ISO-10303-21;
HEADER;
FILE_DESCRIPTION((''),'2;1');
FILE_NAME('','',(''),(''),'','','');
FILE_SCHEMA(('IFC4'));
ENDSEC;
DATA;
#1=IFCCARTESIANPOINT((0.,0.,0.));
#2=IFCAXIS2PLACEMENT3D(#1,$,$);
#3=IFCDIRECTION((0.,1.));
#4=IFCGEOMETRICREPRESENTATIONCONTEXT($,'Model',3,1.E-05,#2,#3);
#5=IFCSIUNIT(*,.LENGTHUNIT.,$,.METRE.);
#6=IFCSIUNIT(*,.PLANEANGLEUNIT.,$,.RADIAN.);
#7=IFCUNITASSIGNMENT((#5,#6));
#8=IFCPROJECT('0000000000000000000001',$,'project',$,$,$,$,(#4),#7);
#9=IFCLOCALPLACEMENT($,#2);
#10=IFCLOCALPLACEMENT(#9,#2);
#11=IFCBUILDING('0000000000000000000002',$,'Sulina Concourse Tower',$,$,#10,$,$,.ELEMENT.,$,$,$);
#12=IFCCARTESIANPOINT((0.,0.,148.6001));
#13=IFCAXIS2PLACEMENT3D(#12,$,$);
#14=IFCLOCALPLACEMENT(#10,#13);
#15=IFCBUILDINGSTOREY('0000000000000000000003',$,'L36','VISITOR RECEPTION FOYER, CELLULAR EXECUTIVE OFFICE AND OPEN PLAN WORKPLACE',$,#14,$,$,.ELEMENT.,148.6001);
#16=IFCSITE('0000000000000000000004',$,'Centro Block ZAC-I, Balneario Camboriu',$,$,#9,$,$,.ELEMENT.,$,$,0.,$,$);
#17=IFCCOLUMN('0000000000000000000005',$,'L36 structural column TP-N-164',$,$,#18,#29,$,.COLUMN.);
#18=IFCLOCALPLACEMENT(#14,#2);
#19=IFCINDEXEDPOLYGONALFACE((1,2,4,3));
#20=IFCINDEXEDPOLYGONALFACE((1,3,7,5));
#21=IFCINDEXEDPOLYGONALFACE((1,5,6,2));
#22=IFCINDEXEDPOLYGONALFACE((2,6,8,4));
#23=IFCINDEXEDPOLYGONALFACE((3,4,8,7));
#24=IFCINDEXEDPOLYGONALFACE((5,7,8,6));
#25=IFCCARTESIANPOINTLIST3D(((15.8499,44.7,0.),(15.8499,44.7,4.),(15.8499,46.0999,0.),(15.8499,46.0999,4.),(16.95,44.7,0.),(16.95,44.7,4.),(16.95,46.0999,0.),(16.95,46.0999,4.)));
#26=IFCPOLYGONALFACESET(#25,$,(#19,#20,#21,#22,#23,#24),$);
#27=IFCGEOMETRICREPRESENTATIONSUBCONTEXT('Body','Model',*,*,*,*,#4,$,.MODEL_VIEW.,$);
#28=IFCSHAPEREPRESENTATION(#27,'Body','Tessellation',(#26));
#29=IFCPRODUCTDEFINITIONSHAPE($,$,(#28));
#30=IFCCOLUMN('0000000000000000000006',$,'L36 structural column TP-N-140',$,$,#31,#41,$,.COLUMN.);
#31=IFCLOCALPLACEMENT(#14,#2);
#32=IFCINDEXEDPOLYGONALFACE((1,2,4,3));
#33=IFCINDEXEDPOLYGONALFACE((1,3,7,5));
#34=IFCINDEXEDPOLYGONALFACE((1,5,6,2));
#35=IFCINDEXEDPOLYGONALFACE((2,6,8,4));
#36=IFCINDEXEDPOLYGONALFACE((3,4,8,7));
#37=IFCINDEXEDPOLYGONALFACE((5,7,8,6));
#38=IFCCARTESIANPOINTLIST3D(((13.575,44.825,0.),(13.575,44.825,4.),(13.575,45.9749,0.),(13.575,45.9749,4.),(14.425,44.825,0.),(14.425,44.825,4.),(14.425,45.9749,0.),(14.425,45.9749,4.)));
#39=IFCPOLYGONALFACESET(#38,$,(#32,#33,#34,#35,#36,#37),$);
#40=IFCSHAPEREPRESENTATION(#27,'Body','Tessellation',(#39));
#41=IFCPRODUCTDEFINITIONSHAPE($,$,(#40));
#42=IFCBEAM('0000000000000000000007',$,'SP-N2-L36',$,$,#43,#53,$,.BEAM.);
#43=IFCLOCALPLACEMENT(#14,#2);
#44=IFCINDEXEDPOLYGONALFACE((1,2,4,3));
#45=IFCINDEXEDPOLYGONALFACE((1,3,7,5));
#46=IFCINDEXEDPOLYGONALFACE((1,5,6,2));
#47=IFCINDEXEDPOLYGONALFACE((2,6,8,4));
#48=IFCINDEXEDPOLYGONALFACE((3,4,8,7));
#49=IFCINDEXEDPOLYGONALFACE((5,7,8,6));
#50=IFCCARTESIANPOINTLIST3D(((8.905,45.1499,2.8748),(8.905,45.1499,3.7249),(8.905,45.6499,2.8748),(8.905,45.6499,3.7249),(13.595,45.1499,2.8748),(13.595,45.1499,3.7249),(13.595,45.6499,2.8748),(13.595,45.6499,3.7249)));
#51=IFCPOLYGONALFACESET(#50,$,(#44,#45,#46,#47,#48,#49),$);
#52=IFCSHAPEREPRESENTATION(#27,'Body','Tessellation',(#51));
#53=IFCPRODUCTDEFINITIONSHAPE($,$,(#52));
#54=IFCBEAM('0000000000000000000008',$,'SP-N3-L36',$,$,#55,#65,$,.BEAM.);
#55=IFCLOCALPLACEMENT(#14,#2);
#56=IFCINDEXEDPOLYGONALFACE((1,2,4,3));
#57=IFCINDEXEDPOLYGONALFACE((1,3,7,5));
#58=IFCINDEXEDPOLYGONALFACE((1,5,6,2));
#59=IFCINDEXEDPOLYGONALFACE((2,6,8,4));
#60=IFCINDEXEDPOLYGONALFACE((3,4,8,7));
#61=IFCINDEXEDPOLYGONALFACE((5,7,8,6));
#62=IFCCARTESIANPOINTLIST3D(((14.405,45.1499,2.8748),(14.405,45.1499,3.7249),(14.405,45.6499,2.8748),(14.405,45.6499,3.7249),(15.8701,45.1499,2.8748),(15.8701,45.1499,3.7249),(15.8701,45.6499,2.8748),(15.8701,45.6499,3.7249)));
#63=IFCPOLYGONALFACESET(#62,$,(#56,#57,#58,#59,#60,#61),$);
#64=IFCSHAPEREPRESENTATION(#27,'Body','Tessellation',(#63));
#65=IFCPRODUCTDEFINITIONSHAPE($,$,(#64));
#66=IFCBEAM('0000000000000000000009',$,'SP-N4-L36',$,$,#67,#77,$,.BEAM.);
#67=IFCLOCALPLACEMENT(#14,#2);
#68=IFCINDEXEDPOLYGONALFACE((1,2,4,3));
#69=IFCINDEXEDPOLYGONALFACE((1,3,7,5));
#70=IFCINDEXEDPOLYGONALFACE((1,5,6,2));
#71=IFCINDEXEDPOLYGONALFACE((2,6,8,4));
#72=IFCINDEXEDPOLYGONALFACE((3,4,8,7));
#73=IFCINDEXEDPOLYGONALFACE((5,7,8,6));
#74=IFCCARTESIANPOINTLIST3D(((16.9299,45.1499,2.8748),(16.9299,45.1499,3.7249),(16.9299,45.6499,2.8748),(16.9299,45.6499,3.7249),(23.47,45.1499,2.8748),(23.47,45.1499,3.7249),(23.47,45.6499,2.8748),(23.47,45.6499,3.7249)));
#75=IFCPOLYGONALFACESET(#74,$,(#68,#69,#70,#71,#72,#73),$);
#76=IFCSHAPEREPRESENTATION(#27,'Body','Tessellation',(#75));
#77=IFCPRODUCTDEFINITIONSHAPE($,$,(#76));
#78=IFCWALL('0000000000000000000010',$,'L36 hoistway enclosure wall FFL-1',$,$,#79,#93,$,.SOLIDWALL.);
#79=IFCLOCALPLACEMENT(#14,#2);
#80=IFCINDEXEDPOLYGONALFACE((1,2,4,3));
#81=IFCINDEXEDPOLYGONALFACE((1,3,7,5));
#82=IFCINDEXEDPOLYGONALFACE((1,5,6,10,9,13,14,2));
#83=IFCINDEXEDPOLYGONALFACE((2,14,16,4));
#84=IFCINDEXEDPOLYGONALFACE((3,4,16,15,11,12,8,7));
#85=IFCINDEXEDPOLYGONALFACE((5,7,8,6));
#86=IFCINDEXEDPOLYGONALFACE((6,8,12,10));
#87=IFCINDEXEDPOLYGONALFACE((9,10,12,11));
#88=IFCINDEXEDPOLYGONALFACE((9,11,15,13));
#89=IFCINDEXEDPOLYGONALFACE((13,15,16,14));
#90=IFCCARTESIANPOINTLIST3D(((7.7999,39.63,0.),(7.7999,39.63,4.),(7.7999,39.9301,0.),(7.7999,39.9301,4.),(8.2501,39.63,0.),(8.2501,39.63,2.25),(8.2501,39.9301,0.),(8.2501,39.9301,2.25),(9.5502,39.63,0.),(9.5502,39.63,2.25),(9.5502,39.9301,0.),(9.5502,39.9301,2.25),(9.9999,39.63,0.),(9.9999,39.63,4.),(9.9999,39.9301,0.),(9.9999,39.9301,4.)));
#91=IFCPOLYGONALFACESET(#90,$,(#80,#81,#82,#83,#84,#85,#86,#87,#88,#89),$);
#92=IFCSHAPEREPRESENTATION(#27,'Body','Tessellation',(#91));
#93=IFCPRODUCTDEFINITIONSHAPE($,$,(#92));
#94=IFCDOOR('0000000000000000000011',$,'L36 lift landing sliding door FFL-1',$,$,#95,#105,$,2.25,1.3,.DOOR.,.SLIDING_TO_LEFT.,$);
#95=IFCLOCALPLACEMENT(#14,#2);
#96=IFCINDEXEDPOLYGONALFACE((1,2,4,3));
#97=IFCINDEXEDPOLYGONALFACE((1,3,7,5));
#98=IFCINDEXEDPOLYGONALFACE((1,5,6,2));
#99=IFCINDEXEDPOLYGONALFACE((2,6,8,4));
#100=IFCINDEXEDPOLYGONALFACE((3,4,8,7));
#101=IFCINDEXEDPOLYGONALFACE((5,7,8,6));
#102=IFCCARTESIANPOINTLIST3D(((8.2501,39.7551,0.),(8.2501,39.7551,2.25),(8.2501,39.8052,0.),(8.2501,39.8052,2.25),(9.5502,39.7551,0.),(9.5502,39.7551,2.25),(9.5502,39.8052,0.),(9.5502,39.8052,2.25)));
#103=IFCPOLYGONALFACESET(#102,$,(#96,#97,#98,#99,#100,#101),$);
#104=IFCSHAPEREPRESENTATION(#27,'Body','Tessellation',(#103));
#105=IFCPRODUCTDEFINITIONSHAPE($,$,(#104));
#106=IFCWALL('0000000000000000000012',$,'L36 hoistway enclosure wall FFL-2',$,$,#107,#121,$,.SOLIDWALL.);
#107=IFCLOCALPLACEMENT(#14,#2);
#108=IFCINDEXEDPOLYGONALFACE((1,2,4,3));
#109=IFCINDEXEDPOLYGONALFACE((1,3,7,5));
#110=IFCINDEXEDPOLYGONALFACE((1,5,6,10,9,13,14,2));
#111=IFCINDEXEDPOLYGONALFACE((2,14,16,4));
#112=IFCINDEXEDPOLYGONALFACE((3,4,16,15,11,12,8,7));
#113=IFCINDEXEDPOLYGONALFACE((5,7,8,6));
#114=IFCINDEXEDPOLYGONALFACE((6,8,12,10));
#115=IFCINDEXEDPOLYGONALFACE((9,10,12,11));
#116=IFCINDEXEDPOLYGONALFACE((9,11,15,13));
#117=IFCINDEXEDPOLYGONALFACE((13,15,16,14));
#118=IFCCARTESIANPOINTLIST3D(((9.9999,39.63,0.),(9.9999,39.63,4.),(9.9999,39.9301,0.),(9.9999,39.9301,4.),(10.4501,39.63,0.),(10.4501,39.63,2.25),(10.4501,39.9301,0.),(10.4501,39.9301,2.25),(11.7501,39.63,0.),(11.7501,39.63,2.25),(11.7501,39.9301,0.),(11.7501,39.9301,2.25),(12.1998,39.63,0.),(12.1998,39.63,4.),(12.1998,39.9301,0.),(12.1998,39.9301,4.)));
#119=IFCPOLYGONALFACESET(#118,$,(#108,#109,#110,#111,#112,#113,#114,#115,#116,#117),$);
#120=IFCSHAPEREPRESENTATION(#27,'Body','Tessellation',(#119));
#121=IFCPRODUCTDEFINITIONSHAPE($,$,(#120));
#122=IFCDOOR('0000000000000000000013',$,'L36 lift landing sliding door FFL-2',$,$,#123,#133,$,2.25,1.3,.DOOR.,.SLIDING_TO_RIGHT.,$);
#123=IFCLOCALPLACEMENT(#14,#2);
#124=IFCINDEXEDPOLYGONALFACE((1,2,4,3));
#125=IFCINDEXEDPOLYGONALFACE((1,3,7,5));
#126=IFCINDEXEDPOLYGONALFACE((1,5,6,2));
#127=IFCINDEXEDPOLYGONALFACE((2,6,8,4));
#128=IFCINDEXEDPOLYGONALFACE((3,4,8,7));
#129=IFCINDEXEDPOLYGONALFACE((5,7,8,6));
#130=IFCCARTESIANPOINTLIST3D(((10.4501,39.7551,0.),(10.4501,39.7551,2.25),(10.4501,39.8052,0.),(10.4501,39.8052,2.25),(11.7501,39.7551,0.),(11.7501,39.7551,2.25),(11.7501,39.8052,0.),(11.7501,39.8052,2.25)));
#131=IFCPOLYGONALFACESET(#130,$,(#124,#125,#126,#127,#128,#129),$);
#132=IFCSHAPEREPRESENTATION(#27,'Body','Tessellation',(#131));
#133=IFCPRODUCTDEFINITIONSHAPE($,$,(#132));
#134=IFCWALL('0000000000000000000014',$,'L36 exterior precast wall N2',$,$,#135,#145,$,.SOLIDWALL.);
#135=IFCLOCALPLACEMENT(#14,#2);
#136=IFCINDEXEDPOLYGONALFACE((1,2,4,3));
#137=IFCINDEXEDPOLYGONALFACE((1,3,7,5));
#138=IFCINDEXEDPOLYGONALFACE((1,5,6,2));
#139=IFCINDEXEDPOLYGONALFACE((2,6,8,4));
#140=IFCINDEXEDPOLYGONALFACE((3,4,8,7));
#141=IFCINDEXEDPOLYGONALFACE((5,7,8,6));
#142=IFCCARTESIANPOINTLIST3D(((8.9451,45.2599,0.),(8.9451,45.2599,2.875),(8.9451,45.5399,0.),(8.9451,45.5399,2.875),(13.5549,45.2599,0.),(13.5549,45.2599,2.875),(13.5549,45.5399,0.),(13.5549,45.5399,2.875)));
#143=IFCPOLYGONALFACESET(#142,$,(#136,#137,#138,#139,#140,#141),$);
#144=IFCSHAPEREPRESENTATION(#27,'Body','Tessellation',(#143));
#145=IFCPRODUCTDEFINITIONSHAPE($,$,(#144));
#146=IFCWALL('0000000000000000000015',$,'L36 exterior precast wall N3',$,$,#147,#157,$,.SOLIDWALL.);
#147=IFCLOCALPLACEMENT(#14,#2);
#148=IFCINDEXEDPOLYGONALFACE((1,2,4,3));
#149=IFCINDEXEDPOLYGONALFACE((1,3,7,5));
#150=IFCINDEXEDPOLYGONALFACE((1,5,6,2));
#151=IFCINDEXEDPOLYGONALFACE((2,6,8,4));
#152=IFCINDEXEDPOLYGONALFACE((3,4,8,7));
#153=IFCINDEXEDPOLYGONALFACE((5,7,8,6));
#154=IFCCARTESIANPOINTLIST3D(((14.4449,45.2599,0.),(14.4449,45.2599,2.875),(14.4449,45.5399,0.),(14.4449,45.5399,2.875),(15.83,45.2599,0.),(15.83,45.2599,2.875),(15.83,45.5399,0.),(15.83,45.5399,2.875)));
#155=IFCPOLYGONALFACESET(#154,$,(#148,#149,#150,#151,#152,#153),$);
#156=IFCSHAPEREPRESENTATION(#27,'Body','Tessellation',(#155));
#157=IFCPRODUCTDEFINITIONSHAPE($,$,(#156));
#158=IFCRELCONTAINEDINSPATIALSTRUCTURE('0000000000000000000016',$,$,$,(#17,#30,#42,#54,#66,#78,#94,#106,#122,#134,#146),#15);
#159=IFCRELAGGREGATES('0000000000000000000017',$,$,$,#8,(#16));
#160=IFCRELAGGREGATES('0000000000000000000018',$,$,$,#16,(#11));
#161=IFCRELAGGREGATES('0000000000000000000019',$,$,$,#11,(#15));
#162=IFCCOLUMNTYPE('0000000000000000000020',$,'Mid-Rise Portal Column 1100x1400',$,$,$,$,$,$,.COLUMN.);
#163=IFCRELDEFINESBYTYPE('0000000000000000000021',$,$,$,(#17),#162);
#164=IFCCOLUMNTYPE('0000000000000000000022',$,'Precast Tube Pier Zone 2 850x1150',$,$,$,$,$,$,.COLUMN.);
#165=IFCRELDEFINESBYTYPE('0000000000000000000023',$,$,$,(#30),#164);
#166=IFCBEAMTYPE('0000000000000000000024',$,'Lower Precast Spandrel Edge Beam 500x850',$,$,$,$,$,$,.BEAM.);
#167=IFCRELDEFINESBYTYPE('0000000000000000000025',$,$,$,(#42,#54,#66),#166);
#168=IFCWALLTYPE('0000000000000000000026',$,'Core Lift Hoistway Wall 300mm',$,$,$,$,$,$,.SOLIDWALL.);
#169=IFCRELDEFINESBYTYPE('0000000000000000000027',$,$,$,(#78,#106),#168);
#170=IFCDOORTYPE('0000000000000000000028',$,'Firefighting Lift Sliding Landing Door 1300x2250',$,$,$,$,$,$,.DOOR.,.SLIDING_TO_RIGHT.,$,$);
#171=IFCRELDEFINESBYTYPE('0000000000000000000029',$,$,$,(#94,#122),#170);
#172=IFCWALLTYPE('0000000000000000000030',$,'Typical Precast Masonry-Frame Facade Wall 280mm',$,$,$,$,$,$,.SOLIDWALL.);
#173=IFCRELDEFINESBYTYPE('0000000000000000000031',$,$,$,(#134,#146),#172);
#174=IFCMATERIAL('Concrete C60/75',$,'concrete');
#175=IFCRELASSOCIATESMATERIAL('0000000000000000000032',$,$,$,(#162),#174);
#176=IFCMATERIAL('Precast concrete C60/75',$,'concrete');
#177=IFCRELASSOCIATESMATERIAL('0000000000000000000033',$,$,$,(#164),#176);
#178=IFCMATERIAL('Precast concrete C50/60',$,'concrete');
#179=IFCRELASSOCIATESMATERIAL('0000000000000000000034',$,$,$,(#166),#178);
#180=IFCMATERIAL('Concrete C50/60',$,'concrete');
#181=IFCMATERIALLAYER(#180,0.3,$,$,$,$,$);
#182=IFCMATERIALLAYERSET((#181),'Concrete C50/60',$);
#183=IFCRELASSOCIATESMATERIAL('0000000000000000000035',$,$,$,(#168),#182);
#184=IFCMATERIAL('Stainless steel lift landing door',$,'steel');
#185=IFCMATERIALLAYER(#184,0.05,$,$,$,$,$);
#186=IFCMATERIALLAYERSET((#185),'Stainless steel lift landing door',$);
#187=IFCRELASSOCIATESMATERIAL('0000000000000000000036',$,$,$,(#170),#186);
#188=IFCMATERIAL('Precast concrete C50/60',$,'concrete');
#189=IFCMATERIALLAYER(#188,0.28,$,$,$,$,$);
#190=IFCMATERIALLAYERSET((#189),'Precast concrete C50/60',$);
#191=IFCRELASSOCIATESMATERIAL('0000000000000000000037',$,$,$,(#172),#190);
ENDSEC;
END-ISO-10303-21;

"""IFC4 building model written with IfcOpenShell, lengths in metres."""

from ifc_helpers import new_model, si_unit, direction, frame, frame_2d, origin, origin_2d, place, context, subcontext, project, spatial, rectangle, extrude, material, layer, layer_set, material_profile, profile_set, type_object, element, fill, save


model = new_model("IFC4")

# Units and contexts
model_context = context("Model", 3, precision=1e-05, world=origin(), true_north=direction((0.0, 1.0)))
body_context = subcontext(model_context, "Body", "Model", "MODEL_VIEW")
ifc_project = project(units=[si_unit("LENGTHUNIT", "METRE"), si_unit("PLANEANGLEUNIT", "RADIAN")], contexts=[model_context])

# Site, building, storey
site_placement = place(None, origin())
site = spatial("IfcSite", under=ifc_project, at=site_placement, Name="Centro Block ZAC-I, Balneario Camboriu", CompositionType="ELEMENT", RefElevation=0.0)
building_placement = place(site_placement, origin())
building = spatial("IfcBuilding", under=site, at=building_placement, Name="Sulina Concourse Tower", CompositionType="ELEMENT")
storey_placement = place(building_placement, frame((0.0, 0.0, 148.6001)))
storey = spatial("IfcBuildingStorey", under=building, at=storey_placement, Name="L36", Description="VISITOR RECEPTION FOYER, CELLULAR EXECUTIVE OFFICE AND OPEN PLAN WORKPLACE", CompositionType="ELEMENT", Elevation=148.6001)

# Columns
ifc_material_1 = material(Name="Concrete C60/75", Category="concrete")
ifc_material_profile_1 = material_profile(ifc_material_1, rectangle(XDim=1.1001, YDim=1.3999, at=origin_2d()), Name="RC 1100x1400")
ifc_profile_set_1 = profile_set([ifc_material_profile_1], Name="Concrete C60/75")
column_type_1 = type_object("IfcColumnType", Name="Mid-Rise Portal Column 1100x1400", PredefinedType="COLUMN", material=ifc_profile_set_1)
column_1_placement = place(storey_placement, frame((16.3999, 45.3999, 0.0), z_axis=(0.0, 0.0, 1.0), x_axis=(1.0, 0.0, 0.0)))
element("IfcColumn", 1, at=column_1_placement, inside=storey, type_object=column_type_1, Name="L36 structural column TP-N-164", PredefinedType="COLUMN", context=body_context, shape_type="SweptSolid", body=[
    extrude(rectangle(XDim=1.1001, YDim=1.3999, at=origin_2d()), origin(), (0.0, 0.0, 1.0), 4.0),
])
ifc_material_2 = material(Name="Precast concrete C60/75", Category="concrete")
ifc_material_profile_2 = material_profile(ifc_material_2, rectangle(XDim=0.8501, YDim=1.1499, at=origin_2d()), Name="PC 850x1150")
ifc_profile_set_2 = profile_set([ifc_material_profile_2], Name="Precast concrete C60/75")
column_type_2 = type_object("IfcColumnType", Name="Precast Tube Pier Zone 2 850x1150", PredefinedType="COLUMN", material=ifc_profile_set_2)
column_2_placement = place(storey_placement, frame((14.0, 45.3999, 0.0), z_axis=(0.0, 0.0, 1.0), x_axis=(1.0, 0.0, 0.0)))
element("IfcColumn", 2, at=column_2_placement, inside=storey, type_object=column_type_2, Name="L36 structural column TP-N-140", PredefinedType="COLUMN", context=body_context, shape_type="SweptSolid", body=[
    extrude(rectangle(XDim=0.8501, YDim=1.1499, at=origin_2d()), origin(), (0.0, 0.0, 1.0), 4.0),
])

# Beams
ifc_material_3 = material(Name="Precast concrete C50/60", Category="concrete")
ifc_material_profile_3 = material_profile(ifc_material_3, rectangle(XDim=0.5, YDim=0.8501, at=origin_2d()), Name="RC 500x850")
ifc_profile_set_3 = profile_set([ifc_material_profile_3], Name="Precast concrete C50/60")
beam_type = type_object("IfcBeamType", Name="Lower Precast Spandrel Edge Beam 500x850", PredefinedType="BEAM", material=ifc_profile_set_3)
beam_1_placement = place(storey_placement, frame((8.905, 45.3999, 3.2998), z_axis=(1.0, 0.0, 0.0), x_axis=(0.0, 1.0, 0.0)))
element("IfcBeam", 3, at=beam_1_placement, inside=storey, type_object=beam_type, Name="SP-N2-L36", PredefinedType="BEAM", context=body_context, shape_type="SweptSolid", body=[
    extrude(rectangle(XDim=0.5, YDim=0.8501, at=origin_2d()), origin(), (0.0, 0.0, 1.0), 4.6899),
])
beam_2_placement = place(storey_placement, frame((14.405, 45.3999, 3.2998), z_axis=(1.0, 0.0, 0.0), x_axis=(0.0, 1.0, 0.0)))
element("IfcBeam", 4, at=beam_2_placement, inside=storey, type_object=beam_type, Name="SP-N3-L36", PredefinedType="BEAM", context=body_context, shape_type="SweptSolid", body=[
    extrude(rectangle(XDim=0.5, YDim=0.8501, at=origin_2d()), origin(), (0.0, 0.0, 1.0), 1.4651),
])
beam_3_placement = place(storey_placement, frame((16.9299, 45.3999, 3.2998), z_axis=(1.0, 0.0, 0.0), x_axis=(0.0, 1.0, 0.0)))
element("IfcBeam", 5, at=beam_3_placement, inside=storey, type_object=beam_type, Name="SP-N4-L36", PredefinedType="BEAM", context=body_context, shape_type="SweptSolid", body=[
    extrude(rectangle(XDim=0.5, YDim=0.8501, at=origin_2d()), origin(), (0.0, 0.0, 1.0), 6.54),
])

# Walls, openings, doors
ifc_material_4 = material(Name="Concrete C50/60", Category="concrete")
ifc_layer_1 = layer(ifc_material_4, 0.3)
ifc_layer_set_1 = layer_set([ifc_layer_1], Name="Concrete C50/60")
wall_type_1 = type_object("IfcWallType", Name="Core Lift Hoistway Wall 300mm", PredefinedType="SOLIDWALL", material=ifc_layer_set_1)
wall_1_placement = place(storey_placement, frame((10.0, 39.78, 0.0), z_axis=(0.0, 0.0, 1.0), x_axis=(-1.0, 0.0, 0.0)))
wall_1 = element("IfcWall", 6, at=wall_1_placement, inside=storey, type_object=wall_type_1, Name="L36 hoistway enclosure wall FFL-1", PredefinedType="SOLIDWALL", context=body_context, shape_type="SweptSolid", body=[
    extrude(rectangle(XDim=2.2, YDim=0.3, at=frame_2d((1.1001, 0.0))), origin(), (0.0, 0.0, 1.0), 4.0),
])
opening_1_placement = place(wall_1_placement, frame((0.45, 0.0, 0.0)))
opening_1 = element("IfcOpeningElement", 7, at=opening_1_placement, cuts=wall_1, PredefinedType="OPENING", context=body_context, shape_type="SweptSolid", body=[
    extrude(rectangle(XDim=1.3, YDim=2.25, at=frame_2d((0.6499, 1.125))), frame((0.0, 0.1599, 0.0), z_axis=(0.0, -1.0, 0.0), x_axis=(1.0, 0.0, 0.0)), (0.0, 0.0, 1.0), 0.3201),
])
ifc_material_5 = material(Name="Stainless steel lift landing door", Category="steel")
ifc_layer_2 = layer(ifc_material_5, 0.05)
ifc_layer_set_2 = layer_set([ifc_layer_2], Name="Stainless steel lift landing door")
door_type = type_object("IfcDoorType", Name="Firefighting Lift Sliding Landing Door 1300x2250", OperationType="SLIDING_TO_RIGHT", PredefinedType="DOOR", material=ifc_layer_set_2)
door_1_placement = place(opening_1_placement, origin())
door_1 = element("IfcDoor", 8, at=door_1_placement, inside=storey, type_object=door_type, Name="L36 lift landing sliding door FFL-1", OperationType="SLIDING_TO_LEFT", OverallHeight=2.25, OverallWidth=1.3, PredefinedType="DOOR", context=body_context, shape_type="SweptSolid", body=[
    extrude(rectangle(XDim=1.3, YDim=2.25, at=frame_2d((0.6499, 1.125))), frame((0.0, 0.0249, 0.0), z_axis=(0.0, -1.0, 0.0), x_axis=(1.0, 0.0, 0.0)), (0.0, 0.0, 1.0), 0.05),
])
fill(opening_1, door_1)
wall_2_placement = place(storey_placement, frame((12.2, 39.78, 0.0), z_axis=(0.0, 0.0, 1.0), x_axis=(-1.0, 0.0, 0.0)))
wall_2 = element("IfcWall", 9, at=wall_2_placement, inside=storey, type_object=wall_type_1, Name="L36 hoistway enclosure wall FFL-2", PredefinedType="SOLIDWALL", context=body_context, shape_type="SweptSolid", body=[
    extrude(rectangle(XDim=2.2, YDim=0.3, at=frame_2d((1.1001, 0.0))), origin(), (0.0, 0.0, 1.0), 4.0),
])
opening_2_placement = place(wall_2_placement, frame((0.45, 0.0, 0.0)))
opening_2 = element("IfcOpeningElement", 10, at=opening_2_placement, cuts=wall_2, PredefinedType="OPENING", context=body_context, shape_type="SweptSolid", body=[
    extrude(rectangle(XDim=1.3, YDim=2.25, at=frame_2d((0.6499, 1.125))), frame((0.0, 0.1599, 0.0), z_axis=(0.0, -1.0, 0.0), x_axis=(1.0, 0.0, 0.0)), (0.0, 0.0, 1.0), 0.3201),
])
door_2_placement = place(opening_2_placement, origin())
door_2 = element("IfcDoor", 11, at=door_2_placement, inside=storey, type_object=door_type, Name="L36 lift landing sliding door FFL-2", OperationType="SLIDING_TO_RIGHT", OverallHeight=2.25, OverallWidth=1.3, PredefinedType="DOOR", context=body_context, shape_type="SweptSolid", body=[
    extrude(rectangle(XDim=1.3, YDim=2.25, at=frame_2d((0.6499, 1.125))), frame((0.0, 0.0249, 0.0), z_axis=(0.0, -1.0, 0.0), x_axis=(1.0, 0.0, 0.0)), (0.0, 0.0, 1.0), 0.05),
])
fill(opening_2, door_2)

# Walls
ifc_material_6 = material(Name="Precast concrete C50/60", Category="concrete")
ifc_layer_3 = layer(ifc_material_6, 0.28)
ifc_layer_set_3 = layer_set([ifc_layer_3], Name="Precast concrete C50/60")
wall_type_2 = type_object("IfcWallType", Name="Typical Precast Masonry-Frame Facade Wall 280mm", PredefinedType="SOLIDWALL", material=ifc_layer_set_3)
wall_3_placement = place(storey_placement, frame((8.9451, 45.3999, 0.0), z_axis=(0.0, 0.0, 1.0), x_axis=(1.0, 0.0, 0.0)))
element("IfcWall", 12, at=wall_3_placement, inside=storey, type_object=wall_type_2, Name="L36 exterior precast wall N2", PredefinedType="SOLIDWALL", context=body_context, shape_type="SweptSolid", body=[
    extrude(rectangle(XDim=4.6099, YDim=0.28, at=frame_2d((2.3049, 0.0))), origin(), (0.0, 0.0, 1.0), 2.875),
])
wall_4_placement = place(storey_placement, frame((14.4451, 45.3999, 0.0), z_axis=(0.0, 0.0, 1.0), x_axis=(1.0, 0.0, 0.0)))
element("IfcWall", 13, at=wall_4_placement, inside=storey, type_object=wall_type_2, Name="L36 exterior precast wall N3", PredefinedType="SOLIDWALL", context=body_context, shape_type="SweptSolid", body=[
    extrude(rectangle(XDim=1.385, YDim=0.28, at=frame_2d((0.6924, 0.0))), origin(), (0.0, 0.0, 1.0), 2.875),
])

save(model, "model.ifc")
